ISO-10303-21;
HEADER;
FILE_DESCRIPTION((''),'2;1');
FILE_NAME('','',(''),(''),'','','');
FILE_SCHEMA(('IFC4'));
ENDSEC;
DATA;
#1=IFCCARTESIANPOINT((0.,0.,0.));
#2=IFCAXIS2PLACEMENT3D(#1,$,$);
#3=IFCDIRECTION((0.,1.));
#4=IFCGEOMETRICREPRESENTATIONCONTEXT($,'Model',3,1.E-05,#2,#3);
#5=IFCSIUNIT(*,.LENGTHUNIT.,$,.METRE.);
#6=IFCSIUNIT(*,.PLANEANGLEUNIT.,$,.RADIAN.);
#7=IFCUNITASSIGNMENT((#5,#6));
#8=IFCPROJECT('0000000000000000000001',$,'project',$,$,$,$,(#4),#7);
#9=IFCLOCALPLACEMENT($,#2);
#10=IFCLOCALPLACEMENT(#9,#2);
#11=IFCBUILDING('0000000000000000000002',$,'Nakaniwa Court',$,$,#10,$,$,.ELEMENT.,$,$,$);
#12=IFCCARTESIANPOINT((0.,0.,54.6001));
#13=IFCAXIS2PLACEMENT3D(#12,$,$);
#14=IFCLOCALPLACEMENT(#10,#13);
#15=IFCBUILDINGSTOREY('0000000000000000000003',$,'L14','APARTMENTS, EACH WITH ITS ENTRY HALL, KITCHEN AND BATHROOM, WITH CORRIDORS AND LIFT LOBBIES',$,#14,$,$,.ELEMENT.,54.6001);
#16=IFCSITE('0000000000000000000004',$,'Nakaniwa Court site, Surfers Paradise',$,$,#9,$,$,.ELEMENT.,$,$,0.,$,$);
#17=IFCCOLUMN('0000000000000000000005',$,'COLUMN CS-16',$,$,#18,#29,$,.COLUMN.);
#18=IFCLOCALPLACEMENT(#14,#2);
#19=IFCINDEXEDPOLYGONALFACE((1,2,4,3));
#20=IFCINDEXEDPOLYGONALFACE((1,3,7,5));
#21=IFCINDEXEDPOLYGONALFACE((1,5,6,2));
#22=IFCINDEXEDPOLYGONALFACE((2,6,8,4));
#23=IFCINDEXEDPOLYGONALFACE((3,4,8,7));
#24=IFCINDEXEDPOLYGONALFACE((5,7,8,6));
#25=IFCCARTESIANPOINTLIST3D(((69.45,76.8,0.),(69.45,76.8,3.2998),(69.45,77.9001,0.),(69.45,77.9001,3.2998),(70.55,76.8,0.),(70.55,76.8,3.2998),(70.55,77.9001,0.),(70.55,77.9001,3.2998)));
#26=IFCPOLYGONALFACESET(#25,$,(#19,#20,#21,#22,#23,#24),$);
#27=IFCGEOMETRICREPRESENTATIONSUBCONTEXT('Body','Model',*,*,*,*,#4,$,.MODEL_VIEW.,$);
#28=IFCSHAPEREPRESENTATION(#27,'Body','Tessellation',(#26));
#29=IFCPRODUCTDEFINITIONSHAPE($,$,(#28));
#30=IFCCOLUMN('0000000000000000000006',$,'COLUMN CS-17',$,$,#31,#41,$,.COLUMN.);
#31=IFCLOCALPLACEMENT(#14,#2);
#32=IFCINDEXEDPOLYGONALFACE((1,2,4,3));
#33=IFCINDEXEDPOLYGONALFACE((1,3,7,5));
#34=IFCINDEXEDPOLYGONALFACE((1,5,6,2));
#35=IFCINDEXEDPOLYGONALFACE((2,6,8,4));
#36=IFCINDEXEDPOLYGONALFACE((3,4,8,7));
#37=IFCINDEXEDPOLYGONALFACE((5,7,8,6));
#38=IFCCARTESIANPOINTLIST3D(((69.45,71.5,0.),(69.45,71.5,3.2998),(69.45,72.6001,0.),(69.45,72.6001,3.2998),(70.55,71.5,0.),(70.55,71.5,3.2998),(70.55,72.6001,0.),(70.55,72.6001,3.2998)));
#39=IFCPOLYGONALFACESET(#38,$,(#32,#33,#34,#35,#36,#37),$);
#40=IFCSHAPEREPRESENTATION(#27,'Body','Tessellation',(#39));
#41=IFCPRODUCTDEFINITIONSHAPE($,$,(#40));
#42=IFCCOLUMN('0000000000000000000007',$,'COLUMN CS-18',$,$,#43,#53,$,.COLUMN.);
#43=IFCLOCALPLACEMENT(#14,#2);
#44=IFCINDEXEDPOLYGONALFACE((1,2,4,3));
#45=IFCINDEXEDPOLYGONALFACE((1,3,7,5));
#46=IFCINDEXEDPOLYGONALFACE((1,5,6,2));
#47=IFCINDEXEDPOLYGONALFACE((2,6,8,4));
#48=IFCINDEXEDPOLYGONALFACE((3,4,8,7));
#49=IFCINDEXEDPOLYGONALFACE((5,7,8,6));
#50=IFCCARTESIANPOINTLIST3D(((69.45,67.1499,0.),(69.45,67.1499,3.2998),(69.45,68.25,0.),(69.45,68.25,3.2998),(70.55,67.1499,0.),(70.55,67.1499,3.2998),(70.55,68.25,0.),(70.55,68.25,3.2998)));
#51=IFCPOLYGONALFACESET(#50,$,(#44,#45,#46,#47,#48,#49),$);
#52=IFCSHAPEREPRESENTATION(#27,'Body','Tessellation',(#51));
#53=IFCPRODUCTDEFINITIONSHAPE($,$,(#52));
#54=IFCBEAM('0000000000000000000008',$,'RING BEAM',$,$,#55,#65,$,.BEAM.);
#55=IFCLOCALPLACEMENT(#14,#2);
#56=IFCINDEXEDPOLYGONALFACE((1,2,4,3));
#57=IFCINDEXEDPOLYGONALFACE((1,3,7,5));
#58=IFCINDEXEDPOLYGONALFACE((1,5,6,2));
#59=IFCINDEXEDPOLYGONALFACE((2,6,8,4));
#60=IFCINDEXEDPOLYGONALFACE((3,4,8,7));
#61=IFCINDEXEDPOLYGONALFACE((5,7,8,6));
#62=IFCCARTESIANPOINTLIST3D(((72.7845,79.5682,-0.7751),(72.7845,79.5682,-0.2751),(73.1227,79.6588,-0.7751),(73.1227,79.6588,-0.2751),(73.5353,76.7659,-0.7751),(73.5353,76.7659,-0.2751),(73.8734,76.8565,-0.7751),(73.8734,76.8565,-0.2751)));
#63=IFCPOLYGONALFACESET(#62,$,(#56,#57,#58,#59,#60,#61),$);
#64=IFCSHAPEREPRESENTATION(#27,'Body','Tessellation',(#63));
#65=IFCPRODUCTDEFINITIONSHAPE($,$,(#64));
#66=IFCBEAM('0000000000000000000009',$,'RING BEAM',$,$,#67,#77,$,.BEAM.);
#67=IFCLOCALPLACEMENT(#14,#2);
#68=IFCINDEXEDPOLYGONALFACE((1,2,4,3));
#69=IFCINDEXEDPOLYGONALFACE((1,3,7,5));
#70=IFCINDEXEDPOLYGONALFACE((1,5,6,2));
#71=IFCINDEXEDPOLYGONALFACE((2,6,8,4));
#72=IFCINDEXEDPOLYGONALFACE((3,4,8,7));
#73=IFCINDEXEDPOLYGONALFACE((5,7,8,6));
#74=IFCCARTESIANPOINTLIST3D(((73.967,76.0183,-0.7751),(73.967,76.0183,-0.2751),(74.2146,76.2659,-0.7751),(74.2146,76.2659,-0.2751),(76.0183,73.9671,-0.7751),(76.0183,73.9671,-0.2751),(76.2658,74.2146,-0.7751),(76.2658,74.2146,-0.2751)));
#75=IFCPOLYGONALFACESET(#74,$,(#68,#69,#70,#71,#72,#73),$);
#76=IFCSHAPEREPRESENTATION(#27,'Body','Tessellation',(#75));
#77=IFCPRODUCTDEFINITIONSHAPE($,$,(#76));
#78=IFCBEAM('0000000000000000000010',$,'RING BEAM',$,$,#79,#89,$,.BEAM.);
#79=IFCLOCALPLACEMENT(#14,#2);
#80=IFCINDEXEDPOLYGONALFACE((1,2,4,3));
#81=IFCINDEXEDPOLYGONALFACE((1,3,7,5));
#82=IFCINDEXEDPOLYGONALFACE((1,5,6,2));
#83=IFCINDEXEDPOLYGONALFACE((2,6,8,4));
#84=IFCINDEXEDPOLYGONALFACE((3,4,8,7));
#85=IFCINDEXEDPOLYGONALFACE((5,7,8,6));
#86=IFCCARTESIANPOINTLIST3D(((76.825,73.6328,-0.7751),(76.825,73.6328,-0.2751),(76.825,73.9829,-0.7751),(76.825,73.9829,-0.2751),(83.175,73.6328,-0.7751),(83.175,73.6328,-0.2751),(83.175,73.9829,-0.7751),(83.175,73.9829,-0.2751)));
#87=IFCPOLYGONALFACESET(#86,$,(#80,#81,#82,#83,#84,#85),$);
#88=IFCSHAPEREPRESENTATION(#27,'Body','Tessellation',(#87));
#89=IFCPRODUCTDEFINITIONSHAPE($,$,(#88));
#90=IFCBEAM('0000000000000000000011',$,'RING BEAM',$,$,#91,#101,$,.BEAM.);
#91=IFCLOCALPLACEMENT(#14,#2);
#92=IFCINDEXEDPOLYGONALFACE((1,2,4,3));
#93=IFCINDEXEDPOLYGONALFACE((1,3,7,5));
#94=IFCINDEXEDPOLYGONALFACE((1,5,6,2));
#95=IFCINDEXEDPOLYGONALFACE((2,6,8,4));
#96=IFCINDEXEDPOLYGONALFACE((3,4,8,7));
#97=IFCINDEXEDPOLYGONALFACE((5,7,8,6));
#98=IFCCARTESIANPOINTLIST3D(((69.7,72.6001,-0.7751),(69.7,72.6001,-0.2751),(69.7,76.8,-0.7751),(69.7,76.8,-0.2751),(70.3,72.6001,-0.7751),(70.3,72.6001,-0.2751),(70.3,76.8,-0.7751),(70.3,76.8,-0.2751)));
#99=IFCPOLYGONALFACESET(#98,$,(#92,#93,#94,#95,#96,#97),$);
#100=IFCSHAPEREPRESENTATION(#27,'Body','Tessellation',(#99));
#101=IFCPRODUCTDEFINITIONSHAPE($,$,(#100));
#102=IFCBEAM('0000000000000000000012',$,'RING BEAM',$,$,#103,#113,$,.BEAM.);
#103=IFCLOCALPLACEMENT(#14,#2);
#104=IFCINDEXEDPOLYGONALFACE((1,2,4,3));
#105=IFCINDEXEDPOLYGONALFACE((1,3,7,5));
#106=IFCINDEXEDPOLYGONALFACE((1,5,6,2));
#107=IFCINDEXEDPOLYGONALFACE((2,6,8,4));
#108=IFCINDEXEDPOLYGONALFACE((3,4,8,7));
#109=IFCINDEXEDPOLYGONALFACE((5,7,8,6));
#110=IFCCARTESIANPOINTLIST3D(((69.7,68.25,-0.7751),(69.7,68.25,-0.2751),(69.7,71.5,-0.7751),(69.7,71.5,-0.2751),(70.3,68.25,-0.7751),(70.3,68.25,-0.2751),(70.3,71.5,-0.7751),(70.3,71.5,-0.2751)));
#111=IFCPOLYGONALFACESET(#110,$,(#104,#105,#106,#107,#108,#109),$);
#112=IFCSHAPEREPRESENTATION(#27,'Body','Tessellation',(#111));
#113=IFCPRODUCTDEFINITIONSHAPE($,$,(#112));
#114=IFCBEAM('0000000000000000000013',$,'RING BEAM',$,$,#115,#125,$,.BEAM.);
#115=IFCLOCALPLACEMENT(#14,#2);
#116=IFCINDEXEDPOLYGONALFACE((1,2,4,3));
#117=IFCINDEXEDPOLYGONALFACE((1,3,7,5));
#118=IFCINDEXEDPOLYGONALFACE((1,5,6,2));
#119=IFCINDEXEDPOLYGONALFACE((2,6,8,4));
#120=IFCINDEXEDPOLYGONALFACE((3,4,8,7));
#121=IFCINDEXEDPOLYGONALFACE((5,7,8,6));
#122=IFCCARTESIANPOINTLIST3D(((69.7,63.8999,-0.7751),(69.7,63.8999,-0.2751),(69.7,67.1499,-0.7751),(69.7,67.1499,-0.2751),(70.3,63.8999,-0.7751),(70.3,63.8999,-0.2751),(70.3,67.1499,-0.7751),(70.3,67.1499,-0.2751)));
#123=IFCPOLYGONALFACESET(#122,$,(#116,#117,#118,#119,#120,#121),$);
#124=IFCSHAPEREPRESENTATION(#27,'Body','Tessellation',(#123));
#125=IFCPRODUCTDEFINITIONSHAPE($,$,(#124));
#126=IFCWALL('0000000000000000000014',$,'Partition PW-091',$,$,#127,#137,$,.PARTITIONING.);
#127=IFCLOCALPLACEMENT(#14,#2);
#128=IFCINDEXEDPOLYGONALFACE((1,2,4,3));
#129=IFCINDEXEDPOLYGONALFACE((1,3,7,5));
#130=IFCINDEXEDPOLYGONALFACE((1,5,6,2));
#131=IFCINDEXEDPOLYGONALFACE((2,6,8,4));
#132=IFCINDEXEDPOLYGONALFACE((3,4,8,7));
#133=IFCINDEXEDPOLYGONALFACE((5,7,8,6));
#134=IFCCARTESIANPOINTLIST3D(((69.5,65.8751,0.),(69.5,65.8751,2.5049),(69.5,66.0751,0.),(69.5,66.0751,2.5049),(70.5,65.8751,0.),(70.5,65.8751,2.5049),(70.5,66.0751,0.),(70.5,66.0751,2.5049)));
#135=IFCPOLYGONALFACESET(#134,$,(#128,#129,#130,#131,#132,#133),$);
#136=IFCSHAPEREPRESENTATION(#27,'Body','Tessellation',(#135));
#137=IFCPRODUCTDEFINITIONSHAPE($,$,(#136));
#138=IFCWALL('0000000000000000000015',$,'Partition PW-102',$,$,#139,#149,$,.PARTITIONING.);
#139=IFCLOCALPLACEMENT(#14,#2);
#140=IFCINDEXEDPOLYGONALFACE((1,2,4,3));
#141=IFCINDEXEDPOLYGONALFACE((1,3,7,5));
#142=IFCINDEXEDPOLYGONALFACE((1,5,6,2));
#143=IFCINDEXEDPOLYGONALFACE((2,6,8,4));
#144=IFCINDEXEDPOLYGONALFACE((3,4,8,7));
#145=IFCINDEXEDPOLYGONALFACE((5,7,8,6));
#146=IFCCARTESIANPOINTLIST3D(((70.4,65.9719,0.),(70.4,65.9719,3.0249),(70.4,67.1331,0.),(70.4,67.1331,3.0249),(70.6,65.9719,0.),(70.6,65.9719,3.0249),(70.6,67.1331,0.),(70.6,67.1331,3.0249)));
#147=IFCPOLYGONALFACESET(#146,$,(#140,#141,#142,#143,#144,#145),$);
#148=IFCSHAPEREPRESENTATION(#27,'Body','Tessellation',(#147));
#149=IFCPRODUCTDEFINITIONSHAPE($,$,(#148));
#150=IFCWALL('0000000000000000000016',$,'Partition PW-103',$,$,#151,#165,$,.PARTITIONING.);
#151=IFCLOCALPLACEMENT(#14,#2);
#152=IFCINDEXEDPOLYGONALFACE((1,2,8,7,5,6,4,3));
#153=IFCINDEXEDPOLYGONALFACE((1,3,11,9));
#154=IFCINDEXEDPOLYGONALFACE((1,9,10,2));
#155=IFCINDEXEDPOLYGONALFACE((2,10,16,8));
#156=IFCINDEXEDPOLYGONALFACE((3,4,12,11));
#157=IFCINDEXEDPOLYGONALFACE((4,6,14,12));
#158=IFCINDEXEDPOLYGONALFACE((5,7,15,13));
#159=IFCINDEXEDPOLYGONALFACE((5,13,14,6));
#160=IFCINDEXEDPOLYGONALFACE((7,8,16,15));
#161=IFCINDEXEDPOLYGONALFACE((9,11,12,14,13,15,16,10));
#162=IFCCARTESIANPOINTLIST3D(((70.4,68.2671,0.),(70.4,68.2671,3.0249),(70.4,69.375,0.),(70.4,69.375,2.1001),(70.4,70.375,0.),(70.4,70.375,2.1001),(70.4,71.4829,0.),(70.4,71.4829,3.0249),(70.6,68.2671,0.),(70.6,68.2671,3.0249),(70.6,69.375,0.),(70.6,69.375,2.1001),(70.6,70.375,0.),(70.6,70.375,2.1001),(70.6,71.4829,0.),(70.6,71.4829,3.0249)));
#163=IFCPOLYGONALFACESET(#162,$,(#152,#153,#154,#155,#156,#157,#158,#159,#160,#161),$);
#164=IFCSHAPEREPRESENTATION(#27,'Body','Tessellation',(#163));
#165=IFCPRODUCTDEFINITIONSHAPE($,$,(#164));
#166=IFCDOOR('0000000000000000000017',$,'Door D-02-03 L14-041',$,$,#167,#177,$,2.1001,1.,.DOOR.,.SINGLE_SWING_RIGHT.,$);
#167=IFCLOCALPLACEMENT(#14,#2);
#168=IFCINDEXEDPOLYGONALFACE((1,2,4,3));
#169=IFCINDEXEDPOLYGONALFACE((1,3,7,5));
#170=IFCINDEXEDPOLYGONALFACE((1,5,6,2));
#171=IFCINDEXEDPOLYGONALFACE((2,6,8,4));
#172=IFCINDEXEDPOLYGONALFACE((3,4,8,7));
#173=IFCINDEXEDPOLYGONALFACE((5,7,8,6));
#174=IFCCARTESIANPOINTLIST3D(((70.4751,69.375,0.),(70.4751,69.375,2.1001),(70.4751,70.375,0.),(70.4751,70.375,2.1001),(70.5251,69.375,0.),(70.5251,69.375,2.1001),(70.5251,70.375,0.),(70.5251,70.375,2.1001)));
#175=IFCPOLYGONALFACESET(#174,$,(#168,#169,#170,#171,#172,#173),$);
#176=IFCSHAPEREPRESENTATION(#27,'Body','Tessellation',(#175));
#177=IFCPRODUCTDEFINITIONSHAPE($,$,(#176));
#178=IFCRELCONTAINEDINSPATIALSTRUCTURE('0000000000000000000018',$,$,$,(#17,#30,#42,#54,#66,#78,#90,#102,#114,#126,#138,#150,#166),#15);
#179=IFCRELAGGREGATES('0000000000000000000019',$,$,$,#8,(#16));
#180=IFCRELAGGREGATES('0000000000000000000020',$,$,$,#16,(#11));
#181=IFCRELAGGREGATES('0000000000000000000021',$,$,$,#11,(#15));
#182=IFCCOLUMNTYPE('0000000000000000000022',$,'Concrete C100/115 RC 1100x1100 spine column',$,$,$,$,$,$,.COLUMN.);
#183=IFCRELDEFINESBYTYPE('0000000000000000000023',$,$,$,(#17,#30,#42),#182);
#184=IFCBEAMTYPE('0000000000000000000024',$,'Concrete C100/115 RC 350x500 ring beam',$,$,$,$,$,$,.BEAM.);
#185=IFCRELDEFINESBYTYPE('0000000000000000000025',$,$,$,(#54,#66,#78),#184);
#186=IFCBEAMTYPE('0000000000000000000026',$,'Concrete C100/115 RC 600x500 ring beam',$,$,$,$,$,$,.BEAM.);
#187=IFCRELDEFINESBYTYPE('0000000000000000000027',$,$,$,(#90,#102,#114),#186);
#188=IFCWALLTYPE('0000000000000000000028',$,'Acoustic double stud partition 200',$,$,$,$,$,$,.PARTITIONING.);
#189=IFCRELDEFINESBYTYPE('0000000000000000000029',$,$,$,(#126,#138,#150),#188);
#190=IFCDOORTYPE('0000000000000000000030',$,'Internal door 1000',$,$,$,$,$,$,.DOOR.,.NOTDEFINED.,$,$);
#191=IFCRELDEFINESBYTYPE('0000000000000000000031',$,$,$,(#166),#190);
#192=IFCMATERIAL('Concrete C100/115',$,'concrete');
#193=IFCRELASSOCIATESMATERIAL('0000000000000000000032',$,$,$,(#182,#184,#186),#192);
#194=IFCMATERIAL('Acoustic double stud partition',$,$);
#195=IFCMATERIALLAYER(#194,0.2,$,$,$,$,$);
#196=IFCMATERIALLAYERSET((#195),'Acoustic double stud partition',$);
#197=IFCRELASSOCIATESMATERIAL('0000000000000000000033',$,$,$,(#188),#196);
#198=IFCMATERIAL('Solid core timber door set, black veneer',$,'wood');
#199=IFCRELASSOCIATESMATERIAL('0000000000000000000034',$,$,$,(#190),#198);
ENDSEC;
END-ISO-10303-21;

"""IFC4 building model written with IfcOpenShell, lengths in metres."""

from ifc_helpers import new_model, si_unit, direction, frame, frame_2d, origin, origin_2d, place, context, subcontext, project, spatial, rectangle, extrude, material, layer, layer_set, material_profile, profile_set, type_object, element, fill, save


model = new_model("IFC4")

# Units and contexts
model_context = context("Model", 3, precision=1e-05, world=origin(), true_north=direction((0.0, 1.0)))
body_context = subcontext(model_context, "Body", "Model", "MODEL_VIEW")
ifc_project = project(units=[si_unit("LENGTHUNIT", "METRE"), si_unit("PLANEANGLEUNIT", "RADIAN")], contexts=[model_context])

# Site, building, storey
site_placement = place(None, origin())
site = spatial("IfcSite", under=ifc_project, at=site_placement, Name="Nakaniwa Court site, Surfers Paradise", CompositionType="ELEMENT", RefElevation=0.0)
building_placement = place(site_placement, origin())
building = spatial("IfcBuilding", under=site, at=building_placement, Name="Nakaniwa Court", CompositionType="ELEMENT")
storey_placement = place(building_placement, frame((0.0, 0.0, 54.6001)))
storey = spatial("IfcBuildingStorey", under=building, at=storey_placement, Name="L14", Description="APARTMENTS, EACH WITH ITS ENTRY HALL, KITCHEN AND BATHROOM, WITH CORRIDORS AND LIFT LOBBIES", CompositionType="ELEMENT", Elevation=54.6001)

# Columns
ifc_material_1 = material(Name="Concrete C100/115", Category="concrete")
ifc_material_profile_1 = material_profile(ifc_material_1, rectangle(XDim=1.1001, YDim=1.1001, at=origin_2d()), Name="Concrete C100/115 RC 1100x1100 spine column")
ifc_profile_set_1 = profile_set([ifc_material_profile_1], Name="Concrete C100/115")
column_type_1 = type_object("IfcColumnType", Name="Concrete C100/115 RC 1100x1100 spine column", PredefinedType="COLUMN", material=ifc_profile_set_1)
for number, where, z_axis, x_axis, name in (
    (1, (70.0, 77.3501, 0.0), (0.0, 0.0, 1.0), (0.0, -1.0, 0.0), "COLUMN CS-16"),
    (2, (70.0, 72.05, 0.0), (0.0, 0.0, 1.0), (0.0, -1.0, 0.0), "COLUMN CS-17"),
    (3, (70.0, 67.7, 0.0), (0.0, 0.0, 1.0), (0.0, -1.0, 0.0), "COLUMN CS-18"),
):
    element("IfcColumn", number, at=place(storey_placement, frame(where, z_axis=z_axis, x_axis=x_axis)), inside=storey, type_object=column_type_1, Name=name, PredefinedType="COLUMN", context=body_context, shape_type="SweptSolid", body=[
        extrude(rectangle(XDim=1.1001, YDim=1.1001, at=origin_2d()), origin(), (0.0, 0.0, 1.0), 3.2998),
    ])

# Beams
ifc_material_profile_2 = material_profile(ifc_material_1, rectangle(XDim=0.3501, YDim=0.5, at=origin_2d()), Name="Concrete C100/115 RC 350x500 ring beam")
ifc_profile_set_2 = profile_set([ifc_material_profile_2], Name="Concrete C100/115")
beam_type_1 = type_object("IfcBeamType", Name="Concrete C100/115 RC 350x500 ring beam", PredefinedType="BEAM", material=ifc_profile_set_2)
beam_1_placement = place(storey_placement, frame((72.9536, 79.6135, -0.5251), z_axis=(0.258778, -0.965937, 0.0), x_axis=(0.965937, 0.258778, 0.0)))
element("IfcBeam", 4, at=beam_1_placement, inside=storey, type_object=beam_type_1, Name="RING BEAM", PredefinedType="BEAM", context=body_context, shape_type="SweptSolid", body=[
    extrude(rectangle(XDim=0.3501, YDim=0.5, at=origin_2d()), origin(), (0.0, 0.0, 1.0), 2.9011),
])
beam_2_placement = place(storey_placement, frame((74.0908, 76.1421, -0.5251), z_axis=(0.707107, -0.707107, 0.0), x_axis=(0.707107, 0.707107, 0.0)))
element("IfcBeam", 5, at=beam_2_placement, inside=storey, type_object=beam_type_1, Name="RING BEAM", PredefinedType="BEAM", context=body_context, shape_type="SweptSolid", body=[
    extrude(rectangle(XDim=0.3501, YDim=0.5, at=origin_2d()), origin(), (0.0, 0.0, 1.0), 2.9009),
])
beam_3_placement = place(storey_placement, frame((76.825, 73.8079, -0.5251), z_axis=(1.0, 0.0, 0.0), x_axis=(0.0, 1.0, 0.0)))
element("IfcBeam", 6, at=beam_3_placement, inside=storey, type_object=beam_type_1, Name="RING BEAM", PredefinedType="BEAM", context=body_context, shape_type="SweptSolid", body=[
    extrude(rectangle(XDim=0.3501, YDim=0.5, at=origin_2d()), origin(), (0.0, 0.0, 1.0), 6.3501),
])
ifc_material_profile_3 = material_profile(ifc_material_1, rectangle(XDim=0.6001, YDim=0.5, at=origin_2d()), Name="Concrete C100/115 RC 600x500 ring beam")
ifc_profile_set_3 = profile_set([ifc_material_profile_3], Name="Concrete C100/115")
beam_type_2 = type_object("IfcBeamType", Name="Concrete C100/115 RC 600x500 ring beam", PredefinedType="BEAM", material=ifc_profile_set_3)
beam_4_placement = place(storey_placement, frame((70.0, 76.8, -0.5251), z_axis=(0.0, -1.0, 0.0), x_axis=(1.0, 0.0, 0.0)))
element("IfcBeam", 7, at=beam_4_placement, inside=storey, type_object=beam_type_2, Name="RING BEAM", PredefinedType="BEAM", context=body_context, shape_type="SweptSolid", body=[
    extrude(rectangle(XDim=0.6001, YDim=0.5, at=origin_2d()), origin(), (0.0, 0.0, 1.0), 4.2),
])
for number, where, z_axis, x_axis, name in (
    (8, (70.0, 71.5, -0.5251), (0.0, -1.0, 0.0), (1.0, 0.0, 0.0), "RING BEAM"),
    (9, (70.0, 67.1499, -0.5251), (0.0, -1.0, 0.0), (1.0, 0.0, 0.0), "RING BEAM"),
):
    element("IfcBeam", number, at=place(storey_placement, frame(where, z_axis=z_axis, x_axis=x_axis)), inside=storey, type_object=beam_type_2, Name=name, PredefinedType="BEAM", context=body_context, shape_type="SweptSolid", body=[
        extrude(rectangle(XDim=0.6001, YDim=0.5, at=origin_2d()), origin(), (0.0, 0.0, 1.0), 3.25),
    ])

# Walls
ifc_material_2 = material(Name="Acoustic double stud partition")
ifc_layer_1 = layer(ifc_material_2, 0.2)
ifc_layer_set_1 = layer_set([ifc_layer_1], Name="Acoustic double stud partition")
wall_type_1 = type_object("IfcWallType", Name="Acoustic double stud partition 200", PredefinedType="PARTITIONING", material=ifc_layer_set_1)
wall_1_placement = place(storey_placement, frame((69.5, 65.9751, 0.0), z_axis=(0.0, 0.0, 1.0), x_axis=(1.0, 0.0, 0.0)))
element("IfcWall", 10, at=wall_1_placement, inside=storey, type_object=wall_type_1, Name="Partition PW-091", PredefinedType="PARTITIONING", context=body_context, shape_type="SweptSolid", body=[
    extrude(rectangle(XDim=1.0, YDim=0.2, at=frame_2d((0.5, 0.0))), origin(), (0.0, 0.0, 1.0), 2.5049),
])
wall_2_placement = place(storey_placement, frame((70.5, 65.9719, 0.0), z_axis=(0.0, 0.0, 1.0), x_axis=(0.0, 1.0, 0.0)))
element("IfcWall", 11, at=wall_2_placement, inside=storey, type_object=wall_type_1, Name="Partition PW-102", PredefinedType="PARTITIONING", context=body_context, shape_type="SweptSolid", body=[
    extrude(rectangle(XDim=1.1611, YDim=0.2, at=frame_2d((0.5806, 0.0))), origin(), (0.0, 0.0, 1.0), 3.0249),
])

# Wall, opening, door
wall_3_placement = place(storey_placement, frame((70.5, 68.2671, 0.0), z_axis=(0.0, 0.0, 1.0), x_axis=(0.0, 1.0, 0.0)))
wall_3 = element("IfcWall", 12, at=wall_3_placement, inside=storey, type_object=wall_type_1, Name="Partition PW-103", PredefinedType="PARTITIONING", context=body_context, shape_type="SweptSolid", body=[
    extrude(rectangle(XDim=3.2158, YDim=0.2, at=frame_2d((1.6079, 0.0))), origin(), (0.0, 0.0, 1.0), 3.0249),
])
opening_1_placement = place(wall_3_placement, frame((1.1079, 0.0, 0.0)))
opening_1 = element("IfcOpeningElement", 13, at=opening_1_placement, cuts=wall_3, PredefinedType="OPENING", context=body_context, shape_type="SweptSolid", body=[
    extrude(rectangle(XDim=1.0, YDim=2.1001, at=frame_2d((0.5, 1.05))), frame((0.0, 0.1099, 0.0), z_axis=(0.0, -1.0, 0.0), x_axis=(1.0, 0.0, 0.0)), (0.0, 0.0, 1.0), 0.22),
])
ifc_material_3 = material(Name="Solid core timber door set, black veneer", Category="wood")
door_type_1 = type_object("IfcDoorType", Name="Internal door 1000", OperationType="NOTDEFINED", PredefinedType="DOOR", material=ifc_material_3)
door_1_placement = place(opening_1_placement, origin())
door_1 = element("IfcDoor", 14, at=door_1_placement, inside=storey, type_object=door_type_1, Name="Door D-02-03 L14-041", OperationType="SINGLE_SWING_RIGHT", OverallHeight=2.1001, OverallWidth=1.0, PredefinedType="DOOR", context=body_context, shape_type="SweptSolid", body=[
    extrude(rectangle(XDim=1.0, YDim=2.1001, at=frame_2d((0.5, 1.05))), frame((0.0, 0.0249, 0.0), z_axis=(0.0, -1.0, 0.0), x_axis=(1.0, 0.0, 0.0)), (0.0, 0.0, 1.0), 0.05),
])
fill(opening_1, door_1)

save(model, "model.ifc")
